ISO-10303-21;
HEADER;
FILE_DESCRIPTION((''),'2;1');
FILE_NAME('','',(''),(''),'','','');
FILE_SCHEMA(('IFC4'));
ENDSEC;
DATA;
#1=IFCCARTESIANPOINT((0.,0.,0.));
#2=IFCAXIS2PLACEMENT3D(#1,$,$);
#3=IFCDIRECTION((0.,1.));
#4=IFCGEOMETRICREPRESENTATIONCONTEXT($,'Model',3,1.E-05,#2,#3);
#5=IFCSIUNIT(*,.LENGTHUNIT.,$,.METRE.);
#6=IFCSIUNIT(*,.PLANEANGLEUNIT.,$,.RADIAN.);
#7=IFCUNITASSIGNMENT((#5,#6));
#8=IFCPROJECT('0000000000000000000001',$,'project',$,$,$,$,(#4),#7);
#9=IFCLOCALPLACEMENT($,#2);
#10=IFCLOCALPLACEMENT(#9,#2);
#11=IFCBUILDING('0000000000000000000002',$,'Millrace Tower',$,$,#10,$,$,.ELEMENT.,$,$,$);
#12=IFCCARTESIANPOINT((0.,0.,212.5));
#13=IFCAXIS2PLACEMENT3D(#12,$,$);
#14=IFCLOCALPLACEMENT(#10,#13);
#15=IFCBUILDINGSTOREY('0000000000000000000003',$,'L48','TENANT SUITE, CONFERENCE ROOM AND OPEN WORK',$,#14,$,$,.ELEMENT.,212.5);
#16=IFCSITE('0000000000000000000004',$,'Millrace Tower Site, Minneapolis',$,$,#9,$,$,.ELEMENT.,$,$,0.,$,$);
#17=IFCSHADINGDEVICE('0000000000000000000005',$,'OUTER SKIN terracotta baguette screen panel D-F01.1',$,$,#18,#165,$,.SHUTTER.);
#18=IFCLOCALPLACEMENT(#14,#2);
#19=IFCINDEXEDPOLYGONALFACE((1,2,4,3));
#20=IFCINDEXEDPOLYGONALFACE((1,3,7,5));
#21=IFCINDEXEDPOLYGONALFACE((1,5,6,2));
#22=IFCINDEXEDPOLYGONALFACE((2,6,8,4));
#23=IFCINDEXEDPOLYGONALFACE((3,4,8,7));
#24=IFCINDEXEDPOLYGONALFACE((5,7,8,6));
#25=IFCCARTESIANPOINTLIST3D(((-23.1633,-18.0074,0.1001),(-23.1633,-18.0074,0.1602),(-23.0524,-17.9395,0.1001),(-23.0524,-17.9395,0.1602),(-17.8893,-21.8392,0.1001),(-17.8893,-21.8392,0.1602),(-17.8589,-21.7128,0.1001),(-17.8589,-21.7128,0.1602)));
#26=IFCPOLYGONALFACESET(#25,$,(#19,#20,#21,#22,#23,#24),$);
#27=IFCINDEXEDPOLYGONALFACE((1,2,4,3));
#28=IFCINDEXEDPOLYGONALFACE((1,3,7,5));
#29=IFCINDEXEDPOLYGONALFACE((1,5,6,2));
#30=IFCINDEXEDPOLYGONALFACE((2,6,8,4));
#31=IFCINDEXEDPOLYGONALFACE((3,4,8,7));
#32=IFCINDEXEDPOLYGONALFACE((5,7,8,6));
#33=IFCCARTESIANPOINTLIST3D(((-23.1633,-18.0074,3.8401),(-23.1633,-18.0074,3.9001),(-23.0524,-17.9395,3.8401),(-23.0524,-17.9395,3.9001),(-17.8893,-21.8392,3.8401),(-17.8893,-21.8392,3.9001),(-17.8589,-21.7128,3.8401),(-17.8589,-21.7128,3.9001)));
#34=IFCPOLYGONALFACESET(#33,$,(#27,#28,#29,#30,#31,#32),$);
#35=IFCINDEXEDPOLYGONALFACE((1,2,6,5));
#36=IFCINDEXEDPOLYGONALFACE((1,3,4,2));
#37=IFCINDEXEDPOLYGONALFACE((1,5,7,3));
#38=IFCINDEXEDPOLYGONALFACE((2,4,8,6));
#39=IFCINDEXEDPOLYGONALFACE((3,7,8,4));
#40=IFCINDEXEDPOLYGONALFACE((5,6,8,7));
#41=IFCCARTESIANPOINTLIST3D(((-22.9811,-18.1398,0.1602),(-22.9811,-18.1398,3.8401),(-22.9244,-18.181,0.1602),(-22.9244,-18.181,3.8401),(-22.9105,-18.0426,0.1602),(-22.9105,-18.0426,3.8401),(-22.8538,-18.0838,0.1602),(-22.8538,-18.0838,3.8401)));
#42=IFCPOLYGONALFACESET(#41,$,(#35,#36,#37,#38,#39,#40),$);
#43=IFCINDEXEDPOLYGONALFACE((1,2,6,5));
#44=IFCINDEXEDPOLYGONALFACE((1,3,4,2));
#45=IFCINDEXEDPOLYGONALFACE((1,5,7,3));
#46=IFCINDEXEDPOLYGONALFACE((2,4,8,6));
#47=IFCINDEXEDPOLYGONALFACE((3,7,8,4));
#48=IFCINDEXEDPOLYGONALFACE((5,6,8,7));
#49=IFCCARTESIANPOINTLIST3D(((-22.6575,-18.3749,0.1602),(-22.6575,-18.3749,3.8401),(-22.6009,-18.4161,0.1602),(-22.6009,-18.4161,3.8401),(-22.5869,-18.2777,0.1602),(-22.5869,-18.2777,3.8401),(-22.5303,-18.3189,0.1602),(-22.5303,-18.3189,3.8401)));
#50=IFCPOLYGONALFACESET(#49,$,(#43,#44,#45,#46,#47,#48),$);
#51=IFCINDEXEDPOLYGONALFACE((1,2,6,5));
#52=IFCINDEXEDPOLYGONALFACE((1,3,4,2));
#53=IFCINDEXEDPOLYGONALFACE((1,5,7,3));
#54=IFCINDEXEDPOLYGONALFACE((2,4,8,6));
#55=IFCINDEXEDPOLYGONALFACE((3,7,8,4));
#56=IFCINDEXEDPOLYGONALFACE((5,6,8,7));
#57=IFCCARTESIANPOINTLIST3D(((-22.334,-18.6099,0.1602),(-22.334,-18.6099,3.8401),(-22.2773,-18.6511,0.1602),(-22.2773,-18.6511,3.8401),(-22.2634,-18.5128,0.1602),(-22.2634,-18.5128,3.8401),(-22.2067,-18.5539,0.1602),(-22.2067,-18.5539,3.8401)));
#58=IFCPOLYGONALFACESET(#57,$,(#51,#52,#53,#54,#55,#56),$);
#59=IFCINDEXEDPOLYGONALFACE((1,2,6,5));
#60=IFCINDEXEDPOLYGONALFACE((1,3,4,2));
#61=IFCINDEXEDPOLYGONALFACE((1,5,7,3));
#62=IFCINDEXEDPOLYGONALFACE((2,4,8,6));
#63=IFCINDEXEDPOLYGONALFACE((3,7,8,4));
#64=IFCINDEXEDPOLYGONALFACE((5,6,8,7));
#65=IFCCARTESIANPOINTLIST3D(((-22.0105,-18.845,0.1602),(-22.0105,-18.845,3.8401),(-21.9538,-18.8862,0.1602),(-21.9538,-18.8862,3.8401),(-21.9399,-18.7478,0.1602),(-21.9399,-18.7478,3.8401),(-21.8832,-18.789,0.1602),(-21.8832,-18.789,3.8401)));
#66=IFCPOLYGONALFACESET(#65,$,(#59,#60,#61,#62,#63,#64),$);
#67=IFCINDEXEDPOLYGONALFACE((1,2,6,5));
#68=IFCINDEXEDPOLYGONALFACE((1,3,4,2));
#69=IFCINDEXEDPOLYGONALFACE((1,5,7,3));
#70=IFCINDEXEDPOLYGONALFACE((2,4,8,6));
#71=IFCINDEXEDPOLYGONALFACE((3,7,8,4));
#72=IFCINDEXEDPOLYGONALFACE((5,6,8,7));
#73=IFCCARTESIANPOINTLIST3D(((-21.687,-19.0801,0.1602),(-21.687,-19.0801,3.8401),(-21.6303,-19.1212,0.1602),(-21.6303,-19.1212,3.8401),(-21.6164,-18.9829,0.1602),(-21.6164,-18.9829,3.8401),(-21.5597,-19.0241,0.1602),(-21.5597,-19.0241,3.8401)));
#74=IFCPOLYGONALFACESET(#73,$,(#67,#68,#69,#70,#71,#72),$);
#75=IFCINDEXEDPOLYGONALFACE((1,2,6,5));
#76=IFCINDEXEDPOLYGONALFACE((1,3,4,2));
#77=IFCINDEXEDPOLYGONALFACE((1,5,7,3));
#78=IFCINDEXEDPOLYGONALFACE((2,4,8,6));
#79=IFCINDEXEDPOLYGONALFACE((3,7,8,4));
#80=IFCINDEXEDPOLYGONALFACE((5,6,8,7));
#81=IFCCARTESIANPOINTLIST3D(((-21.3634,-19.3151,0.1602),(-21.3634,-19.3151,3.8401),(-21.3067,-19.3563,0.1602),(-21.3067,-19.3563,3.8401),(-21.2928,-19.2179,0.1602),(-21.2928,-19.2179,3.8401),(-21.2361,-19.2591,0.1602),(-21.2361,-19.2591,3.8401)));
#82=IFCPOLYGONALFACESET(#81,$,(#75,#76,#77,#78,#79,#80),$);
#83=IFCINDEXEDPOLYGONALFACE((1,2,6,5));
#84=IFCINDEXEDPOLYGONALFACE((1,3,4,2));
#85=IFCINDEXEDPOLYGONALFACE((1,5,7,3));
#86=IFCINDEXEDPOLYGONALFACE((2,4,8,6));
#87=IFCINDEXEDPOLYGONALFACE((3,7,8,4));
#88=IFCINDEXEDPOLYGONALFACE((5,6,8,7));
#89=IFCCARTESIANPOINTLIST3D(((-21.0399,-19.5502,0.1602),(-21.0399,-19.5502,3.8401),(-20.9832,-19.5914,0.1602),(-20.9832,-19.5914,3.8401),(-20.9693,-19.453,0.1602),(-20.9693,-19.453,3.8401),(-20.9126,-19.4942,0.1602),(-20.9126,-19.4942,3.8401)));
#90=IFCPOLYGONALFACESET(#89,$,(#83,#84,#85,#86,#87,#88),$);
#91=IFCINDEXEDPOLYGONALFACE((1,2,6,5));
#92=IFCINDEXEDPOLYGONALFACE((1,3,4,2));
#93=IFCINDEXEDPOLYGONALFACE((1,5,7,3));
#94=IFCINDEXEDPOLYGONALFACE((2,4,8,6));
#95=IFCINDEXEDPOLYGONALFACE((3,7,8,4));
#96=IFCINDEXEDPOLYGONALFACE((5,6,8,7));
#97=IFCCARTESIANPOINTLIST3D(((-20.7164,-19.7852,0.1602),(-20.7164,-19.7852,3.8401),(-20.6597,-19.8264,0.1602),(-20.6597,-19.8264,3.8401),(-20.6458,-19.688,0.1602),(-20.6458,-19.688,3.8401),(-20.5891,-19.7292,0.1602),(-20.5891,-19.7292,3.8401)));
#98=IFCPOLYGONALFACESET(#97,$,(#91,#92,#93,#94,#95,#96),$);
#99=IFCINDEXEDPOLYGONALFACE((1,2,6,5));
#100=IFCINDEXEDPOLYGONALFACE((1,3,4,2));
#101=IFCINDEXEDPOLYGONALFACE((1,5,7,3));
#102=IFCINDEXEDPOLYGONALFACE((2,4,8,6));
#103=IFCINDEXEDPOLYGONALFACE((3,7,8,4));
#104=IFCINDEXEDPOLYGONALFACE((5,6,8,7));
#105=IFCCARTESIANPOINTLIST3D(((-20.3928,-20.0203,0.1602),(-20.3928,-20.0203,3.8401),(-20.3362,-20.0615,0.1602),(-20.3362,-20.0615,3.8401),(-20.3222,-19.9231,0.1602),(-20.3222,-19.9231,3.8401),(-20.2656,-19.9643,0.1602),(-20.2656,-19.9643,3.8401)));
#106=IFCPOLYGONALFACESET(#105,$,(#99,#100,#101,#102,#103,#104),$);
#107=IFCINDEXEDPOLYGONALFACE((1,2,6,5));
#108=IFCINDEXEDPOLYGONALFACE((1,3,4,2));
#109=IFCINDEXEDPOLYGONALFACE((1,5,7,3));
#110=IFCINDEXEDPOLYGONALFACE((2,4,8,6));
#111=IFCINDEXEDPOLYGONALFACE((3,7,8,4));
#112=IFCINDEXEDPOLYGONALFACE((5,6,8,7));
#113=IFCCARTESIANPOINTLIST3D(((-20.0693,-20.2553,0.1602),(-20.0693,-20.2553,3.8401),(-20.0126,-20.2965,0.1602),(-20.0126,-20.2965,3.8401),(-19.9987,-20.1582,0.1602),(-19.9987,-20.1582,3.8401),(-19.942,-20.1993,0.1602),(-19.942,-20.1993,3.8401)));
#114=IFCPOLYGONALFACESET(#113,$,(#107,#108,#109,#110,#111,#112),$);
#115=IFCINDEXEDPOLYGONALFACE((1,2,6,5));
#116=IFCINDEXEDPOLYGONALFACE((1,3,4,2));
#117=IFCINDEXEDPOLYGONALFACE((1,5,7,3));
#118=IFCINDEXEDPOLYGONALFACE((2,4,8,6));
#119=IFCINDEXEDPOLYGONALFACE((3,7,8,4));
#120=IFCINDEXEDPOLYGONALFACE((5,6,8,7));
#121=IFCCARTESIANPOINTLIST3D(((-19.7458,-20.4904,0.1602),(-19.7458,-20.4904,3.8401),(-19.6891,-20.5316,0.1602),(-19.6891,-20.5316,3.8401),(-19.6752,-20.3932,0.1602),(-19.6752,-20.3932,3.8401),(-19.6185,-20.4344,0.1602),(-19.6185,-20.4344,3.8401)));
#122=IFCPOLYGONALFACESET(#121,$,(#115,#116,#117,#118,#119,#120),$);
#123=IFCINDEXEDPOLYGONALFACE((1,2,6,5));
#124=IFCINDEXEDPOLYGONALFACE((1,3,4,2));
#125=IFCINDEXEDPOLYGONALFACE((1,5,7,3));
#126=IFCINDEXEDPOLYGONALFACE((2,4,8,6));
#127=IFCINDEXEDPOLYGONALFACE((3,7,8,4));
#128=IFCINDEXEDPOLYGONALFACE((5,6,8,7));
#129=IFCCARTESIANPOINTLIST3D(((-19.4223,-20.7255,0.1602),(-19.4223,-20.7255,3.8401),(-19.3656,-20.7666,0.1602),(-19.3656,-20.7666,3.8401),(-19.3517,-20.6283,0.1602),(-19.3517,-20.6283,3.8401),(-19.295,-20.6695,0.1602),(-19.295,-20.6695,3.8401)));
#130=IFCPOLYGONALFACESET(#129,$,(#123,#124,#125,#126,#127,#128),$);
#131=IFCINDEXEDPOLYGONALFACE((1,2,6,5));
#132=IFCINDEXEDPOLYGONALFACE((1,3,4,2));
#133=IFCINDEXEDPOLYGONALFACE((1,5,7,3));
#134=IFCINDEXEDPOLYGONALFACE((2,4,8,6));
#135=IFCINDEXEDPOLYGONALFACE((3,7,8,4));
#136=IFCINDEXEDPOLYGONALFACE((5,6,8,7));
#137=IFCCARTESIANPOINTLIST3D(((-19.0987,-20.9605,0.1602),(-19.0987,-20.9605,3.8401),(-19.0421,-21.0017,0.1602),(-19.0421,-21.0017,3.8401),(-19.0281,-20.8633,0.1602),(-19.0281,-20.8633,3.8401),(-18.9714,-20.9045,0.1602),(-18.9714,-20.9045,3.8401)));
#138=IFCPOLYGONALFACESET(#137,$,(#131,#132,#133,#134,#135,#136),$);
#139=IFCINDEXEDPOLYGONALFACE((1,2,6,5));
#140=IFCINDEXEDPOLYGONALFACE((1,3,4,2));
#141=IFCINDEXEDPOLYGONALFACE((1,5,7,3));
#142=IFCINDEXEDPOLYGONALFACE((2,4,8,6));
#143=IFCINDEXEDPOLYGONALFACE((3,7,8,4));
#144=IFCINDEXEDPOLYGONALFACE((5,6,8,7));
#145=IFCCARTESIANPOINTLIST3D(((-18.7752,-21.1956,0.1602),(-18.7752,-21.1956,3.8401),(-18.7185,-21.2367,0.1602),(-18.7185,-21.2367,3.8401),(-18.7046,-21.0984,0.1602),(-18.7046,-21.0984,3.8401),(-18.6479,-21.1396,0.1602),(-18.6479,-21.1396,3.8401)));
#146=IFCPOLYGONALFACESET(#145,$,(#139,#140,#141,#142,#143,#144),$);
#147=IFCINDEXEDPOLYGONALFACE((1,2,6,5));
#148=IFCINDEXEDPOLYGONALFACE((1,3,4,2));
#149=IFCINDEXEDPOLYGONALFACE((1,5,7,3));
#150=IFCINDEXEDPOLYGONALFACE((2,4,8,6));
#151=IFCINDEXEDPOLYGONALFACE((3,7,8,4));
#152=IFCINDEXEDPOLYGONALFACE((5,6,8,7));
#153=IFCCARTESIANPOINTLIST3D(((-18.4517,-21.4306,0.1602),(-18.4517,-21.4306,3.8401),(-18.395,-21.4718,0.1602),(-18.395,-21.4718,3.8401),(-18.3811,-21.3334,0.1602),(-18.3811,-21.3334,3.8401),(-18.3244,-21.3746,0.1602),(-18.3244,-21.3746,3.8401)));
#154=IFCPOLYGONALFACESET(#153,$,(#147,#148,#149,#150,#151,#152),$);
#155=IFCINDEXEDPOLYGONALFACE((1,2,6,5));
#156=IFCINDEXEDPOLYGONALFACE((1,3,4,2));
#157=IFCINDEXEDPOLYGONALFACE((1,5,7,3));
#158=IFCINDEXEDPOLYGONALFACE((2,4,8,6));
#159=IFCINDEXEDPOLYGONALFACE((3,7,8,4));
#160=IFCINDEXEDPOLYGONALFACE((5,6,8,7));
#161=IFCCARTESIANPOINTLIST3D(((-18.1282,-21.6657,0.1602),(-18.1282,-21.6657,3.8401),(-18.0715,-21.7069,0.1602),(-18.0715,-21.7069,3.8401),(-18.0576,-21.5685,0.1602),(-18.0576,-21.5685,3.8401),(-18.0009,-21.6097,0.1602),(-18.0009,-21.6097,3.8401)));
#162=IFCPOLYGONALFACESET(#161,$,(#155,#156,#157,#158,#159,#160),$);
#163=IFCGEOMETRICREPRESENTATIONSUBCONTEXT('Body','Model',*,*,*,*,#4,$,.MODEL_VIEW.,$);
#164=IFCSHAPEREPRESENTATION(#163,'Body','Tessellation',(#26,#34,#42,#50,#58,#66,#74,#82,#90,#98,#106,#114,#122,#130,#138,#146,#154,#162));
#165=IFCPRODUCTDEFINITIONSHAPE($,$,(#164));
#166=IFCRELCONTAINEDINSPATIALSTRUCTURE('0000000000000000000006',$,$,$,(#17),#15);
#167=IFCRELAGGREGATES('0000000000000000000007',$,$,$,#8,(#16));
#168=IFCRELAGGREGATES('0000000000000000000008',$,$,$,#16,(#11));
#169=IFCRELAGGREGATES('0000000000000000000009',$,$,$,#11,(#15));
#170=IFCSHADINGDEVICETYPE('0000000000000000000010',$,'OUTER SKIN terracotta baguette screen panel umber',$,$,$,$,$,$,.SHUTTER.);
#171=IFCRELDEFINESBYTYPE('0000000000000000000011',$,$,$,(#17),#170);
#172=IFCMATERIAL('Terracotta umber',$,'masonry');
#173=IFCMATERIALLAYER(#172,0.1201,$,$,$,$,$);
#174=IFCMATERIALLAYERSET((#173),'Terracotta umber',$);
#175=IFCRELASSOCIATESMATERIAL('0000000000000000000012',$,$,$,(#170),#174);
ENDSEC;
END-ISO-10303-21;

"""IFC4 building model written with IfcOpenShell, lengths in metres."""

from ifc_helpers import new_model, entity, si_unit, direction, frame, frame_2d, origin, place, context, subcontext, project, spatial, rectangle, extrude, source, transform, mapped, material, layer, layer_set, type_object, element, save


model = new_model("IFC4")

# Units and contexts
model_context = context("Model", 3, precision=1e-05, world=origin(), true_north=direction((0.0, 1.0)))
body_context = subcontext(model_context, "Body", "Model", "MODEL_VIEW")
ifc_project = project(units=[si_unit("LENGTHUNIT", "METRE"), si_unit("PLANEANGLEUNIT", "RADIAN")], contexts=[model_context])

# Site, building, storey
site_placement = place(None, origin())
site = spatial("IfcSite", under=ifc_project, at=site_placement, Name="Millrace Tower Site, Minneapolis", CompositionType="ELEMENT", RefElevation=0.0)
building_placement = place(site_placement, origin())
building = spatial("IfcBuilding", under=site, at=building_placement, Name="Millrace Tower", CompositionType="ELEMENT")
storey_placement = place(building_placement, frame((0.0, 0.0, 212.5)))
storey = spatial("IfcBuildingStorey", under=building, at=storey_placement, Name="L48", Description="TENANT SUITE, CONFERENCE ROOM AND OPEN WORK", CompositionType="ELEMENT", Elevation=212.5)

# Shading device
ifc_material_1 = material(Name="Terracotta umber", Category="masonry")
ifc_layer_1 = layer(ifc_material_1, 0.1201)
ifc_layer_set_1 = layer_set([ifc_layer_1], Name="Terracotta umber")
shading_device_type = type_object("IfcShadingDeviceType", Name="OUTER SKIN terracotta baguette screen panel umber", PredefinedType="SHUTTER", material=ifc_layer_set_1)
cartesian_point_1 = entity("IfcCartesianPoint", [-3.2097, 0.0601])
shared_polyline_1 = entity("IfcPolyline", [cartesian_point_1, entity("IfcCartesianPoint", [3.2097, 0.0601]), entity("IfcCartesianPoint", [3.2595, -0.0601]), entity("IfcCartesianPoint", [-3.2595, -0.0601]), cartesian_point_1])
shared_shape_1 = source(origin(), body_context, "Body", "SweptSolid", [
    entity("IfcExtrudedAreaSolid", entity("IfcArbitraryClosedProfileDef", "AREA", None, shared_polyline_1), entity("IfcAxis2Placement3D", entity("IfcCartesianPoint", [0.0, 0.0, 0.0])), entity("IfcDirection", [0.0, 0.0, 1.0]), 0.0601),
    entity("IfcExtrudedAreaSolid", entity("IfcArbitraryClosedProfileDef", "AREA", None, shared_polyline_1), entity("IfcAxis2Placement3D", entity("IfcCartesianPoint", [0.0, 0.0, 3.74])), entity("IfcDirection", [0.0, 0.0, 1.0]), 0.0601),
    extrude(rectangle(XDim=0.0701, YDim=0.1201, at=frame_2d((-2.9993, 0.0))), frame((0.0, 0.0, 0.0601)), (0.0, 0.0, 1.0), 3.6799),
    extrude(rectangle(XDim=0.0701, YDim=0.1201, at=frame_2d((-2.5994, 0.0))), frame((0.0, 0.0, 0.0601)), (0.0, 0.0, 1.0), 3.6799),
    extrude(rectangle(XDim=0.0701, YDim=0.1201, at=frame_2d((-2.1995, 0.0))), frame((0.0, 0.0, 0.0601)), (0.0, 0.0, 1.0), 3.6799),
    extrude(rectangle(XDim=0.0701, YDim=0.1201, at=frame_2d((-1.7996, 0.0))), frame((0.0, 0.0, 0.0601)), (0.0, 0.0, 1.0), 3.6799),
    extrude(rectangle(XDim=0.0701, YDim=0.1201, at=frame_2d((-1.3997, 0.0))), frame((0.0, 0.0, 0.0601)), (0.0, 0.0, 1.0), 3.6799),
    extrude(rectangle(XDim=0.0701, YDim=0.1201, at=frame_2d((-0.9998, 0.0))), frame((0.0, 0.0, 0.0601)), (0.0, 0.0, 1.0), 3.6799),
    extrude(rectangle(XDim=0.0701, YDim=0.1201, at=frame_2d((-0.5999, 0.0))), frame((0.0, 0.0, 0.0601)), (0.0, 0.0, 1.0), 3.6799),
    extrude(rectangle(XDim=0.0701, YDim=0.1201, at=frame_2d((-0.2, 0.0))), frame((0.0, 0.0, 0.0601)), (0.0, 0.0, 1.0), 3.6799),
    extrude(rectangle(XDim=0.0701, YDim=0.1201, at=frame_2d((0.2, 0.0))), frame((0.0, 0.0, 0.0601)), (0.0, 0.0, 1.0), 3.6799),
    extrude(rectangle(XDim=0.0701, YDim=0.1201, at=frame_2d((0.5999, 0.0))), frame((0.0, 0.0, 0.0601)), (0.0, 0.0, 1.0), 3.6799),
    extrude(rectangle(XDim=0.0701, YDim=0.1201, at=frame_2d((0.9998, 0.0))), frame((0.0, 0.0, 0.0601)), (0.0, 0.0, 1.0), 3.6799),
    extrude(rectangle(XDim=0.0701, YDim=0.1201, at=frame_2d((1.3997, 0.0))), frame((0.0, 0.0, 0.0601)), (0.0, 0.0, 1.0), 3.6799),
    extrude(rectangle(XDim=0.0701, YDim=0.1201, at=frame_2d((1.7996, 0.0))), frame((0.0, 0.0, 0.0601)), (0.0, 0.0, 1.0), 3.6799),
    extrude(rectangle(XDim=0.0701, YDim=0.1201, at=frame_2d((2.1995, 0.0))), frame((0.0, 0.0, 0.0601)), (0.0, 0.0, 1.0), 3.6799),
    extrude(rectangle(XDim=0.0701, YDim=0.1201, at=frame_2d((2.5994, 0.0))), frame((0.0, 0.0, 0.0601)), (0.0, 0.0, 1.0), 3.6799),
    extrude(rectangle(XDim=0.0701, YDim=0.1201, at=frame_2d((2.9993, 0.0))), frame((0.0, 0.0, 0.0601)), (0.0, 0.0, 1.0), 3.6799),
])
shading_device_1_placement = place(storey_placement, frame((-20.491, -19.8748, 0.1001), z_axis=(0.0, 0.0, 1.0), x_axis=(0.809017, -0.587785, 0.0)))
element("IfcShadingDevice", 1, at=shading_device_1_placement, inside=storey, type_object=shading_device_type, Name="OUTER SKIN terracotta baguette screen panel D-F01.1", PredefinedType="SHUTTER", context=body_context, shape_type="MappedRepresentation", body=[
    mapped(shared_shape_1, transform((0.0, 0.0, 0.0), scale=1.0)),
])

save(model, "model.ifc")
